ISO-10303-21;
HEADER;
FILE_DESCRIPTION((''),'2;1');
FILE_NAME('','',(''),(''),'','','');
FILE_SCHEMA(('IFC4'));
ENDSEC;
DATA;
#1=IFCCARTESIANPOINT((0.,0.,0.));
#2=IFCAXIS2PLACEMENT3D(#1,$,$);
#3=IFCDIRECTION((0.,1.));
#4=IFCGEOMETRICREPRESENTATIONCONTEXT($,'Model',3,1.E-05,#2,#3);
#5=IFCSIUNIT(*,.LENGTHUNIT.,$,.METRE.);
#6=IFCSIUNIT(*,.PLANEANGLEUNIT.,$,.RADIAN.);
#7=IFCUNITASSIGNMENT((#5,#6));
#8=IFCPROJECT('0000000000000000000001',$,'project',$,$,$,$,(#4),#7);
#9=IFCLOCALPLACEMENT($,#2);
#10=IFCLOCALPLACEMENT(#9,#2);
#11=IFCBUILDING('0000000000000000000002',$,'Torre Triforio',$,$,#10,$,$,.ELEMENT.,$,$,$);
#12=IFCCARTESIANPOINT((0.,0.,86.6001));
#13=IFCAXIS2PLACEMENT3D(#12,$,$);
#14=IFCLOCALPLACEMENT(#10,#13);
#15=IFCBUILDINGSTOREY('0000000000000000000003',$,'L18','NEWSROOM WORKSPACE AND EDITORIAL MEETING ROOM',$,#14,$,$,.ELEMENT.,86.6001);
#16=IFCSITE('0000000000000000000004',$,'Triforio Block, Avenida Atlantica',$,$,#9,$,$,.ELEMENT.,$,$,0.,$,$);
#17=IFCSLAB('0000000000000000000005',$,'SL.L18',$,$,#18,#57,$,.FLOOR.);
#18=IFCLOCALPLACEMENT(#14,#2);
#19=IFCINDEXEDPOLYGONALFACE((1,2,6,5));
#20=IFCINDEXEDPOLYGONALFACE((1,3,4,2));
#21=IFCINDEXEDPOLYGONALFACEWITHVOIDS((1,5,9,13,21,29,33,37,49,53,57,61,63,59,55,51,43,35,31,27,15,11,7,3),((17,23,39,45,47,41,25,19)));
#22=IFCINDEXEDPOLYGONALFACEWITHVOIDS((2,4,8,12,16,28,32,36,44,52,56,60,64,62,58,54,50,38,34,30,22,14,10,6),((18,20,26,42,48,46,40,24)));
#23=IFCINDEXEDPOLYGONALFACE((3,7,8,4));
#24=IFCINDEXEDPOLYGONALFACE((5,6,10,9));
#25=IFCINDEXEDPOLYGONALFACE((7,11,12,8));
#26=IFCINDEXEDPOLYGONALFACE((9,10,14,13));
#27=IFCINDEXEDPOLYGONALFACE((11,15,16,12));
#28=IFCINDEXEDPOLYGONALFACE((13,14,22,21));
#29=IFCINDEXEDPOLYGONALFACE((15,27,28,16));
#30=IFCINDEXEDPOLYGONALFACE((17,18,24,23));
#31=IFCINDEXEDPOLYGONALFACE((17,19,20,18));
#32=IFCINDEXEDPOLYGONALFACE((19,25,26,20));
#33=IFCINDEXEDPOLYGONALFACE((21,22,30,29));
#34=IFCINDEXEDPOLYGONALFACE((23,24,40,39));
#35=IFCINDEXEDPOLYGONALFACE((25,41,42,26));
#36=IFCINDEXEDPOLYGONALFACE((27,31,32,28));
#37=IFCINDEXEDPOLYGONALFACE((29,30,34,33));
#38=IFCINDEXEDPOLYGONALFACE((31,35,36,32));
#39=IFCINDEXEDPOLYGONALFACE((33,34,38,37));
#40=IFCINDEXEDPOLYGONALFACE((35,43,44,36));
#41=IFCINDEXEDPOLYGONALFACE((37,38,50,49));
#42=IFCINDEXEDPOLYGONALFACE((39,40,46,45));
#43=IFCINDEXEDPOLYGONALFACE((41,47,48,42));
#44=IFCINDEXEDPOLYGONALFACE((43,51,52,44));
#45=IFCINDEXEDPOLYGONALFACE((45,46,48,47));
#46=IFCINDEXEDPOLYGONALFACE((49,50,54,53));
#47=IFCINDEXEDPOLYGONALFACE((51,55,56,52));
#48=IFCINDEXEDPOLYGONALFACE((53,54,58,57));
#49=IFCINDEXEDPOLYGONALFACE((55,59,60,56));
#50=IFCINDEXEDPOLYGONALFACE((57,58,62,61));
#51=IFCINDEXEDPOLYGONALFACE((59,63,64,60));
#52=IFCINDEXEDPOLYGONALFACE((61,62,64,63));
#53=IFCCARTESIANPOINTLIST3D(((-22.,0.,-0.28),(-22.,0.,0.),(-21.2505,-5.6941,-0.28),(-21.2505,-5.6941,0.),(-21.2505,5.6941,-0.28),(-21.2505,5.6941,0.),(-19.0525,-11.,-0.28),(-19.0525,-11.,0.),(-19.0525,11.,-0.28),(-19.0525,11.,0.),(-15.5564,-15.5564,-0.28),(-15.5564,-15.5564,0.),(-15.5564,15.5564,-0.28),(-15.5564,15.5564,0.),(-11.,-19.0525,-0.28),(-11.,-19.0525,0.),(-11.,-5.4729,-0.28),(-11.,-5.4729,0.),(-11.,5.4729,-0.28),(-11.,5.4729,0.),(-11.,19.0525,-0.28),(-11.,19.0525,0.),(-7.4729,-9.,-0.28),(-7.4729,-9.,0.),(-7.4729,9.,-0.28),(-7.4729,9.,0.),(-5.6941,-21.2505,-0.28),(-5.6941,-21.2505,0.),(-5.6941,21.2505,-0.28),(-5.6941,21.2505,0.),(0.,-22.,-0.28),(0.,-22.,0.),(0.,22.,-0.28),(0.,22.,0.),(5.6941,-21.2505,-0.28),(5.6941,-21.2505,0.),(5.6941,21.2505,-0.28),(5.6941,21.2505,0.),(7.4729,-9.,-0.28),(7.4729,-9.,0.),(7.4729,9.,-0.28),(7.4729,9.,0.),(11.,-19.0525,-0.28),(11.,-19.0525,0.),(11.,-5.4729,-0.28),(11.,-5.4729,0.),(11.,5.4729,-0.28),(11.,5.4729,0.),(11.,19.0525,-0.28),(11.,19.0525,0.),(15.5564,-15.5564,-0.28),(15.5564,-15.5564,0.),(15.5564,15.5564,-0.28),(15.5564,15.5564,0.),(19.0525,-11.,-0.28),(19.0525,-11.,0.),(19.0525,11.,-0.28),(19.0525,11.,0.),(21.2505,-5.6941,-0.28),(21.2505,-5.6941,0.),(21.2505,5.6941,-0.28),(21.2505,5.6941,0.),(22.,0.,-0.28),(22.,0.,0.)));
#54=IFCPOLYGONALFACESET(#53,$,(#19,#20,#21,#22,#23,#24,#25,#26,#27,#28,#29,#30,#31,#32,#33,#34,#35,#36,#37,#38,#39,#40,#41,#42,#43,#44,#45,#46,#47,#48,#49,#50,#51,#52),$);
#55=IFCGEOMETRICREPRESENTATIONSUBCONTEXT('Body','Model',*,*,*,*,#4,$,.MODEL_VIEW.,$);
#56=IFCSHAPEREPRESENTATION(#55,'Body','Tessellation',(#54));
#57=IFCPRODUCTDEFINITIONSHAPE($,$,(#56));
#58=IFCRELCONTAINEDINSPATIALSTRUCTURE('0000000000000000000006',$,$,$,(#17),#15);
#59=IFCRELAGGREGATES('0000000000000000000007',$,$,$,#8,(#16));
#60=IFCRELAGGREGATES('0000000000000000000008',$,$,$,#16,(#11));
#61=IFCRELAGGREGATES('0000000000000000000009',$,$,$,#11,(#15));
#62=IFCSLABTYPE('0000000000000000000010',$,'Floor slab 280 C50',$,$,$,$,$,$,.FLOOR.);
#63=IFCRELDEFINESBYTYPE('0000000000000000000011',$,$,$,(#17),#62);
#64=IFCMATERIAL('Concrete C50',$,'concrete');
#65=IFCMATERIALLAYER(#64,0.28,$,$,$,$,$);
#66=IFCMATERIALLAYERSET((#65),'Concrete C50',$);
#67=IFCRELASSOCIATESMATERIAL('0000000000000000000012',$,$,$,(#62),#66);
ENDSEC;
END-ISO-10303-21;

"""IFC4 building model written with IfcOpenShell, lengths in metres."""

from ifc_helpers import new_model, si_unit, direction, frame, origin, place, context, subcontext, project, spatial, polyline, outline, extrude, material, layer, layer_set, type_object, element, save


model = new_model("IFC4")

# Units and contexts
model_context = context("Model", 3, precision=1e-05, world=origin(), true_north=direction((0.0, 1.0)))
body_context = subcontext(model_context, "Body", "Model", "MODEL_VIEW")
ifc_project = project(units=[si_unit("LENGTHUNIT", "METRE"), si_unit("PLANEANGLEUNIT", "RADIAN")], contexts=[model_context])

# Site, building, storey
site_placement = place(None, origin())
site = spatial("IfcSite", under=ifc_project, at=site_placement, Name="Triforio Block, Avenida Atlantica", CompositionType="ELEMENT", RefElevation=0.0)
building_placement = place(site_placement, origin())
building = spatial("IfcBuilding", under=site, at=building_placement, Name="Torre Triforio", CompositionType="ELEMENT")
storey_placement = place(building_placement, frame((0.0, 0.0, 86.6001)))
storey = spatial("IfcBuildingStorey", under=building, at=storey_placement, Name="L18", Description="NEWSROOM WORKSPACE AND EDITORIAL MEETING ROOM", CompositionType="ELEMENT", Elevation=86.6001)

# Slab
ifc_material_1 = material(Name="Concrete C50", Category="concrete")
ifc_layer_1 = layer(ifc_material_1, 0.28)
ifc_layer_set_1 = layer_set([ifc_layer_1], Name="Concrete C50")
slab_type_1 = type_object("IfcSlabType", Name="Floor slab 280 C50", PredefinedType="FLOOR", material=ifc_layer_set_1)
slab_1_placement = place(storey_placement, frame((0.0, 0.0, -0.28)))
element("IfcSlab", 1, at=slab_1_placement, inside=storey, type_object=slab_type_1, Name="SL.L18", PredefinedType="FLOOR", context=body_context, shape_type="SweptSolid", body=[
    extrude(outline(polyline([(19.0525, -11.0), (21.2505, -5.6941), (22.0, 0.0), (21.2505, 5.6941), (19.0525, 11.0), (15.5564, 15.5564), (11.0, 19.0525), (5.6941, 21.2505), (0.0, 22.0), (-5.6941, 21.2505), (-11.0, 19.0525), (-15.5564, 15.5564), (-19.0525, 11.0), (-21.2505, 5.6941), (-22.0, 0.0), (-21.2505, -5.6941), (-19.0525, -11.0), (-15.5564, -15.5564), (-11.0, -19.0525), (-5.6941, -21.2505), (0.0, -22.0), (5.6941, -21.2505), (11.0, -19.0525), (15.5564, -15.5564), (19.0525, -11.0)]), holes=[polyline([(11.0, 5.4729), (11.0, -5.4729), (7.4729, -9.0), (-7.4729, -9.0), (-11.0, -5.4729), (-11.0, 5.4729), (-7.4729, 9.0), (7.4729, 9.0), (11.0, 5.4729)])]), origin(), (0.0, 0.0, 1.0), 0.28),
])

save(model, "model.ifc")
